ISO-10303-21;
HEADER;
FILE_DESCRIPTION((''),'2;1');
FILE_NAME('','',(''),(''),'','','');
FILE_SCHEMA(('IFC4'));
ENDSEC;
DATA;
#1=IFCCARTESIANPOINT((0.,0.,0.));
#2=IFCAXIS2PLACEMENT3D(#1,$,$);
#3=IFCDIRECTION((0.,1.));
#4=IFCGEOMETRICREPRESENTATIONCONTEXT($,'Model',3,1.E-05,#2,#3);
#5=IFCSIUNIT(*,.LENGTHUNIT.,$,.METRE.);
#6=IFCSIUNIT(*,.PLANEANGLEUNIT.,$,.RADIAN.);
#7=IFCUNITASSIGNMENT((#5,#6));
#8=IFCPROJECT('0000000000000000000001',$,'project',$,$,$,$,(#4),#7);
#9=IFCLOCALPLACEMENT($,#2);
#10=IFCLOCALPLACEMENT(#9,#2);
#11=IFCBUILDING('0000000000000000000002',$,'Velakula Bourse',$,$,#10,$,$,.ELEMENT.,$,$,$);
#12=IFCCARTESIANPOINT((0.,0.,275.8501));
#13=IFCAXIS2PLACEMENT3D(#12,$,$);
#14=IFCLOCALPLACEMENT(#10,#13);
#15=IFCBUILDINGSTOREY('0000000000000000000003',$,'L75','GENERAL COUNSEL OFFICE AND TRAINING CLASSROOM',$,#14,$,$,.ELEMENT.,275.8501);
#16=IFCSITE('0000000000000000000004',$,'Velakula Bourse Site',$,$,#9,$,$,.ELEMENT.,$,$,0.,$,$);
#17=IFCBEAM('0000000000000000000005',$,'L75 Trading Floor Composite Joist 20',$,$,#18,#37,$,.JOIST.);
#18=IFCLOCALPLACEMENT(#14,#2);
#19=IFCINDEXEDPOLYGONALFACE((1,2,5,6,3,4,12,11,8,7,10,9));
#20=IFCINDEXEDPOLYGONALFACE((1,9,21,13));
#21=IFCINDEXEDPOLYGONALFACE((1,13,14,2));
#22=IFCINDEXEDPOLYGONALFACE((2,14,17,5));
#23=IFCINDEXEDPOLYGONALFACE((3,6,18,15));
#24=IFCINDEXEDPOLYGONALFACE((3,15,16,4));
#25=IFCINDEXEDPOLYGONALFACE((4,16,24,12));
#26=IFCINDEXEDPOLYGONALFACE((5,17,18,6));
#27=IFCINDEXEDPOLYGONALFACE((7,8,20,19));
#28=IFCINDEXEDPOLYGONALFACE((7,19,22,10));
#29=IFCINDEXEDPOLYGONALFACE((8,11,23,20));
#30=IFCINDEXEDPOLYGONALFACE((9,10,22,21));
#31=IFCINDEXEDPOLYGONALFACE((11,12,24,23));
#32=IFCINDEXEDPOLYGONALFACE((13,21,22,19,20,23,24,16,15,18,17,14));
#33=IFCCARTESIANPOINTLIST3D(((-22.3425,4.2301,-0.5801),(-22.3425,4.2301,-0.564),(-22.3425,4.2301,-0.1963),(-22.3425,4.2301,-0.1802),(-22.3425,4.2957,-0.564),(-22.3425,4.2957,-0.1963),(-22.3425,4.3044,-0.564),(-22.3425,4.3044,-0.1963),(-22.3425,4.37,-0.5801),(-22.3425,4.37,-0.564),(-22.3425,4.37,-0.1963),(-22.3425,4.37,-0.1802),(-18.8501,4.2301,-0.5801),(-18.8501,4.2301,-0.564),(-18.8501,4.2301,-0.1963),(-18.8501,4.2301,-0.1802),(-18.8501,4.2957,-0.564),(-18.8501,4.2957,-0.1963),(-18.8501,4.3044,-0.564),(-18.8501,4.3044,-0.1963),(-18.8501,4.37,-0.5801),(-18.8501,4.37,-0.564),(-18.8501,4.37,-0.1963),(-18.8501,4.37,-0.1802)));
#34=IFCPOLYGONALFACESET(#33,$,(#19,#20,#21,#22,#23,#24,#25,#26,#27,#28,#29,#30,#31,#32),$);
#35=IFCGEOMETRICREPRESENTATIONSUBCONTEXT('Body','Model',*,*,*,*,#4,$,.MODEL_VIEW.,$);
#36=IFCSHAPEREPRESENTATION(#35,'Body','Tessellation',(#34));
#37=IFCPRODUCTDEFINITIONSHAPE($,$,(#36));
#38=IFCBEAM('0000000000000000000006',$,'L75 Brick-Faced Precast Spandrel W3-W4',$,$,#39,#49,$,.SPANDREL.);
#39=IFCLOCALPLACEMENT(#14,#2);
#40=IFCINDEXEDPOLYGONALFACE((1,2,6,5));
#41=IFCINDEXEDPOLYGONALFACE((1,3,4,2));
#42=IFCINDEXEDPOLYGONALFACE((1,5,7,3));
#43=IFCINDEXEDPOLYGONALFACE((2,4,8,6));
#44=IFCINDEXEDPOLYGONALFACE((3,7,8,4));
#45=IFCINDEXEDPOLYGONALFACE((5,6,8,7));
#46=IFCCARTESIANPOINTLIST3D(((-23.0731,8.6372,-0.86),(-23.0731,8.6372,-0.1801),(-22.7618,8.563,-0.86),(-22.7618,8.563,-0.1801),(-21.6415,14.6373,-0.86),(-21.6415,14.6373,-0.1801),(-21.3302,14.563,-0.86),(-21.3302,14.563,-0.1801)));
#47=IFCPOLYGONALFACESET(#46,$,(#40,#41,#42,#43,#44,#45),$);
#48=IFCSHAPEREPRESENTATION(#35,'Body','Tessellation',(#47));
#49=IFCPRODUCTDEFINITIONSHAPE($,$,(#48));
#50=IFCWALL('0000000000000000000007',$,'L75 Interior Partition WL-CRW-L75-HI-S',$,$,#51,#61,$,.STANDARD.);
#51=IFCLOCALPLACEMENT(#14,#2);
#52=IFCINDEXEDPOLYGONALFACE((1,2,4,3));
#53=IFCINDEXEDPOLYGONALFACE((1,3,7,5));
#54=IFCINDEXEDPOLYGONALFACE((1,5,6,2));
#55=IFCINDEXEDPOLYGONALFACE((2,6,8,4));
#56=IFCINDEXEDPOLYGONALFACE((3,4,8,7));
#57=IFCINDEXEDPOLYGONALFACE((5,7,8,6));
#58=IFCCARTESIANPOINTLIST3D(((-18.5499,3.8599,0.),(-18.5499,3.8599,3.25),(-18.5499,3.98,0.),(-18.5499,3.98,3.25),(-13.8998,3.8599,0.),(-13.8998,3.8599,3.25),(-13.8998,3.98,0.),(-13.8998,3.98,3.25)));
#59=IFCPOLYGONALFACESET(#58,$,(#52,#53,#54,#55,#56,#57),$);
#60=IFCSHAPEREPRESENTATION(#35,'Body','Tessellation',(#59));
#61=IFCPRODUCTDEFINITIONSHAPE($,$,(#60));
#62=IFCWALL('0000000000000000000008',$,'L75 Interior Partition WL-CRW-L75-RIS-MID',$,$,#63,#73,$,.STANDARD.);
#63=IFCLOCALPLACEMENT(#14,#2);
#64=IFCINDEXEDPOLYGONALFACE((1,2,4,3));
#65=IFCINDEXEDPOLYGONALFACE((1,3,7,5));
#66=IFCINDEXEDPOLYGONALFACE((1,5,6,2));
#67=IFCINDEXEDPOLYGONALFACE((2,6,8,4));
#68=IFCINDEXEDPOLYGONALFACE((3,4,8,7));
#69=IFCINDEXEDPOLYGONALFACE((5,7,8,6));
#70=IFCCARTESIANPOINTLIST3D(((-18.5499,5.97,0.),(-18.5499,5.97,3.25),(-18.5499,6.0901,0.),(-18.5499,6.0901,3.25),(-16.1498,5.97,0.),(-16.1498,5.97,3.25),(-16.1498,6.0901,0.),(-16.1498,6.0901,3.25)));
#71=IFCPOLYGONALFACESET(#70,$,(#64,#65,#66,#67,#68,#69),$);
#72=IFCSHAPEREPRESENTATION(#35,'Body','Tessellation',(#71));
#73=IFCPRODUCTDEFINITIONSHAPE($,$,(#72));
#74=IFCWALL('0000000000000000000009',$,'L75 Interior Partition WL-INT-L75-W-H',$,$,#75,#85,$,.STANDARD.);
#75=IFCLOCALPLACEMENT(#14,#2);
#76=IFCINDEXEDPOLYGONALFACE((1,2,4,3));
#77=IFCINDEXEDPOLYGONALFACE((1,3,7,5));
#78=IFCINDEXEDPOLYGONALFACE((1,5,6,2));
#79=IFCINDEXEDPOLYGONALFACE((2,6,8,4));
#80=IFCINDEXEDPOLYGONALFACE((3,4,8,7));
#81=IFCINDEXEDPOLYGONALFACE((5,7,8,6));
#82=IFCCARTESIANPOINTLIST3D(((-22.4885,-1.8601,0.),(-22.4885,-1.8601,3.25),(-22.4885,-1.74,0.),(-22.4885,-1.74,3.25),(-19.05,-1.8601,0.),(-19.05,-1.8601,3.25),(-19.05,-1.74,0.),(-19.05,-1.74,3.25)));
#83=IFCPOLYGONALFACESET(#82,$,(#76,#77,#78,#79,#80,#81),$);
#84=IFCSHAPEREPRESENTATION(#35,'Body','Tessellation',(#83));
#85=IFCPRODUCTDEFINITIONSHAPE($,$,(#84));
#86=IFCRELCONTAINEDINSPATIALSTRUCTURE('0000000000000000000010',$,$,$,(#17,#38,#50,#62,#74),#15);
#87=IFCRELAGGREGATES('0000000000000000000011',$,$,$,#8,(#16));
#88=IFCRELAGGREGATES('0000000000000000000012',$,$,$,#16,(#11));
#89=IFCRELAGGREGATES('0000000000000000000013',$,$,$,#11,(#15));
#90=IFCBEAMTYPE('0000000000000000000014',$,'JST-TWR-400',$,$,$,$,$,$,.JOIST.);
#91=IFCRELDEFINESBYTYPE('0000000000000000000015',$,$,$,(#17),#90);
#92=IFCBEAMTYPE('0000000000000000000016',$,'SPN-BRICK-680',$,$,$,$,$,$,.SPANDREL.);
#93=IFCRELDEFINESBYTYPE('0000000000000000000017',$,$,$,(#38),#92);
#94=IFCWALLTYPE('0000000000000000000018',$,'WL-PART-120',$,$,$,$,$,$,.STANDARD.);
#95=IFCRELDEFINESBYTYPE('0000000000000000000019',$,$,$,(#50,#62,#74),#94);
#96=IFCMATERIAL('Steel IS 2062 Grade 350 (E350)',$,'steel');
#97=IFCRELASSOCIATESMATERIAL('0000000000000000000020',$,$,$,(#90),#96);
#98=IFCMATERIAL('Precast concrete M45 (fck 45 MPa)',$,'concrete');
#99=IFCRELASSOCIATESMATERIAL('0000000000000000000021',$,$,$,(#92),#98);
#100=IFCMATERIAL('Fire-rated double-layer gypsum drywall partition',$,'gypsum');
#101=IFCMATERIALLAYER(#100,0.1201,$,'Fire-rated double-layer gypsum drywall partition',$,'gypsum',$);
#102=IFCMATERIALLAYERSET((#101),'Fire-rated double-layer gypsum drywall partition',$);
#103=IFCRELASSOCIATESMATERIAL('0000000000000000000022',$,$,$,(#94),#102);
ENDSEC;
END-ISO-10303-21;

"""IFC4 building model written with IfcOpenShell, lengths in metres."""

from ifc_helpers import new_model, si_unit, direction, frame, frame_2d, origin, origin_2d, place, context, subcontext, project, spatial, rectangle, i_section, extrude, material, layer, layer_set, material_profile, profile_set, type_object, element, save


model = new_model("IFC4")

# Units and contexts
model_context = context("Model", 3, precision=1e-05, world=origin(), true_north=direction((0.0, 1.0)))
body_context = subcontext(model_context, "Body", "Model", "MODEL_VIEW")
ifc_project = project(units=[si_unit("LENGTHUNIT", "METRE"), si_unit("PLANEANGLEUNIT", "RADIAN")], contexts=[model_context])

# Site, building, storey
site_placement = place(None, origin())
site = spatial("IfcSite", under=ifc_project, at=site_placement, Name="Velakula Bourse Site", CompositionType="ELEMENT", RefElevation=0.0)
building_placement = place(site_placement, origin())
building = spatial("IfcBuilding", under=site, at=building_placement, Name="Velakula Bourse", CompositionType="ELEMENT")
storey_placement = place(building_placement, frame((0.0, 0.0, 275.8501)))
storey = spatial("IfcBuildingStorey", under=building, at=storey_placement, Name="L75", Description="GENERAL COUNSEL OFFICE AND TRAINING CLASSROOM", CompositionType="ELEMENT", Elevation=275.8501)

# Shared definitions
ifc_material_1 = material(Name="Steel IS 2062 Grade 350 (E350)", Category="steel")

# Beams
ifc_material_profile_1 = material_profile(ifc_material_1, i_section(OverallWidth=0.1399, OverallDepth=0.3999, WebThickness=0.0088, FlangeThickness=0.0161, at=origin_2d()), Name="Steel IS 2062 Grade 350 (E350)")
ifc_profile_set_1 = profile_set([ifc_material_profile_1], Name="Steel IS 2062 Grade 350 (E350)")
beam_type_1 = type_object("IfcBeamType", Name="JST-TWR-400", PredefinedType="JOIST", material=ifc_profile_set_1)
beam_1_placement = place(storey_placement, frame((-22.3425, 4.3, -0.3801), z_axis=(1.0, 0.0, 0.0), x_axis=(0.0, 1.0, 0.0)))
element("IfcBeam", 1, at=beam_1_placement, inside=storey, type_object=beam_type_1, Name="L75 Trading Floor Composite Joist 20", PredefinedType="JOIST", context=body_context, shape_type="SweptSolid", body=[
    extrude(i_section(OverallWidth=0.1399, OverallDepth=0.3999, WebThickness=0.0088, FlangeThickness=0.0161, at=origin_2d()), origin(), (0.0, 0.0, 1.0), 3.4924),
])
ifc_material_2 = material(Name="Precast concrete M45 (fck 45 MPa)", Category="concrete")
ifc_material_profile_2 = material_profile(ifc_material_2, rectangle(XDim=0.3201, YDim=0.6799, at=origin_2d()), Name="Precast concrete M45 (fck 45 MPa)")
ifc_profile_set_2 = profile_set([ifc_material_profile_2], Name="Precast concrete M45 (fck 45 MPa)")
beam_type_2 = type_object("IfcBeamType", Name="SPN-BRICK-680", PredefinedType="SPANDREL", material=ifc_profile_set_2)
beam_2_placement = place(storey_placement, frame((-22.9175, 8.6001, -0.52), z_axis=(0.232091, 0.972694, 0.0), x_axis=(-0.972694, 0.232091, 0.0)))
element("IfcBeam", 2, at=beam_2_placement, inside=storey, type_object=beam_type_2, Name="L75 Brick-Faced Precast Spandrel W3-W4", PredefinedType="SPANDREL", context=body_context, shape_type="SweptSolid", body=[
    extrude(rectangle(XDim=0.3201, YDim=0.6799, at=origin_2d()), origin(), (0.0, 0.0, 1.0), 6.1685),
])

# Walls
ifc_material_3 = material(Name="Fire-rated double-layer gypsum drywall partition", Category="gypsum")
ifc_layer = layer(ifc_material_3, 0.1201, Name="Fire-rated double-layer gypsum drywall partition", Category="gypsum")
ifc_layer_set = layer_set([ifc_layer], Name="Fire-rated double-layer gypsum drywall partition")
wall_type = type_object("IfcWallType", Name="WL-PART-120", PredefinedType="STANDARD", material=ifc_layer_set)
wall_1_placement = place(storey_placement, frame((-18.55, 3.9199, 0.0), z_axis=(0.0, 0.0, 1.0), x_axis=(1.0, 0.0, 0.0)))
element("IfcWall", 3, at=wall_1_placement, inside=storey, type_object=wall_type, Name="L75 Interior Partition WL-CRW-L75-HI-S", PredefinedType="STANDARD", context=body_context, shape_type="SweptSolid", body=[
    extrude(rectangle(XDim=4.6501, YDim=0.1201, at=frame_2d((2.3252, 0.0))), origin(), (0.0, 0.0, 1.0), 3.25),
])
wall_2_placement = place(storey_placement, frame((-18.55, 6.03, 0.0), z_axis=(0.0, 0.0, 1.0), x_axis=(1.0, 0.0, 0.0)))
element("IfcWall", 4, at=wall_2_placement, inside=storey, type_object=wall_type, Name="L75 Interior Partition WL-CRW-L75-RIS-MID", PredefinedType="STANDARD", context=body_context, shape_type="SweptSolid", body=[
    extrude(rectangle(XDim=2.4001, YDim=0.1201, at=frame_2d((1.2002, 0.0))), origin(), (0.0, 0.0, 1.0), 3.25),
])
wall_3_placement = place(storey_placement, frame((-22.4885, -1.8, 0.0), z_axis=(0.0, 0.0, 1.0), x_axis=(1.0, 0.0, 0.0)))
element("IfcWall", 5, at=wall_3_placement, inside=storey, type_object=wall_type, Name="L75 Interior Partition WL-INT-L75-W-H", PredefinedType="STANDARD", context=body_context, shape_type="SweptSolid", body=[
    extrude(rectangle(XDim=3.4385, YDim=0.1201, at=frame_2d((1.7192, 0.0))), origin(), (0.0, 0.0, 1.0), 3.25),
])

save(model, "model.ifc")
